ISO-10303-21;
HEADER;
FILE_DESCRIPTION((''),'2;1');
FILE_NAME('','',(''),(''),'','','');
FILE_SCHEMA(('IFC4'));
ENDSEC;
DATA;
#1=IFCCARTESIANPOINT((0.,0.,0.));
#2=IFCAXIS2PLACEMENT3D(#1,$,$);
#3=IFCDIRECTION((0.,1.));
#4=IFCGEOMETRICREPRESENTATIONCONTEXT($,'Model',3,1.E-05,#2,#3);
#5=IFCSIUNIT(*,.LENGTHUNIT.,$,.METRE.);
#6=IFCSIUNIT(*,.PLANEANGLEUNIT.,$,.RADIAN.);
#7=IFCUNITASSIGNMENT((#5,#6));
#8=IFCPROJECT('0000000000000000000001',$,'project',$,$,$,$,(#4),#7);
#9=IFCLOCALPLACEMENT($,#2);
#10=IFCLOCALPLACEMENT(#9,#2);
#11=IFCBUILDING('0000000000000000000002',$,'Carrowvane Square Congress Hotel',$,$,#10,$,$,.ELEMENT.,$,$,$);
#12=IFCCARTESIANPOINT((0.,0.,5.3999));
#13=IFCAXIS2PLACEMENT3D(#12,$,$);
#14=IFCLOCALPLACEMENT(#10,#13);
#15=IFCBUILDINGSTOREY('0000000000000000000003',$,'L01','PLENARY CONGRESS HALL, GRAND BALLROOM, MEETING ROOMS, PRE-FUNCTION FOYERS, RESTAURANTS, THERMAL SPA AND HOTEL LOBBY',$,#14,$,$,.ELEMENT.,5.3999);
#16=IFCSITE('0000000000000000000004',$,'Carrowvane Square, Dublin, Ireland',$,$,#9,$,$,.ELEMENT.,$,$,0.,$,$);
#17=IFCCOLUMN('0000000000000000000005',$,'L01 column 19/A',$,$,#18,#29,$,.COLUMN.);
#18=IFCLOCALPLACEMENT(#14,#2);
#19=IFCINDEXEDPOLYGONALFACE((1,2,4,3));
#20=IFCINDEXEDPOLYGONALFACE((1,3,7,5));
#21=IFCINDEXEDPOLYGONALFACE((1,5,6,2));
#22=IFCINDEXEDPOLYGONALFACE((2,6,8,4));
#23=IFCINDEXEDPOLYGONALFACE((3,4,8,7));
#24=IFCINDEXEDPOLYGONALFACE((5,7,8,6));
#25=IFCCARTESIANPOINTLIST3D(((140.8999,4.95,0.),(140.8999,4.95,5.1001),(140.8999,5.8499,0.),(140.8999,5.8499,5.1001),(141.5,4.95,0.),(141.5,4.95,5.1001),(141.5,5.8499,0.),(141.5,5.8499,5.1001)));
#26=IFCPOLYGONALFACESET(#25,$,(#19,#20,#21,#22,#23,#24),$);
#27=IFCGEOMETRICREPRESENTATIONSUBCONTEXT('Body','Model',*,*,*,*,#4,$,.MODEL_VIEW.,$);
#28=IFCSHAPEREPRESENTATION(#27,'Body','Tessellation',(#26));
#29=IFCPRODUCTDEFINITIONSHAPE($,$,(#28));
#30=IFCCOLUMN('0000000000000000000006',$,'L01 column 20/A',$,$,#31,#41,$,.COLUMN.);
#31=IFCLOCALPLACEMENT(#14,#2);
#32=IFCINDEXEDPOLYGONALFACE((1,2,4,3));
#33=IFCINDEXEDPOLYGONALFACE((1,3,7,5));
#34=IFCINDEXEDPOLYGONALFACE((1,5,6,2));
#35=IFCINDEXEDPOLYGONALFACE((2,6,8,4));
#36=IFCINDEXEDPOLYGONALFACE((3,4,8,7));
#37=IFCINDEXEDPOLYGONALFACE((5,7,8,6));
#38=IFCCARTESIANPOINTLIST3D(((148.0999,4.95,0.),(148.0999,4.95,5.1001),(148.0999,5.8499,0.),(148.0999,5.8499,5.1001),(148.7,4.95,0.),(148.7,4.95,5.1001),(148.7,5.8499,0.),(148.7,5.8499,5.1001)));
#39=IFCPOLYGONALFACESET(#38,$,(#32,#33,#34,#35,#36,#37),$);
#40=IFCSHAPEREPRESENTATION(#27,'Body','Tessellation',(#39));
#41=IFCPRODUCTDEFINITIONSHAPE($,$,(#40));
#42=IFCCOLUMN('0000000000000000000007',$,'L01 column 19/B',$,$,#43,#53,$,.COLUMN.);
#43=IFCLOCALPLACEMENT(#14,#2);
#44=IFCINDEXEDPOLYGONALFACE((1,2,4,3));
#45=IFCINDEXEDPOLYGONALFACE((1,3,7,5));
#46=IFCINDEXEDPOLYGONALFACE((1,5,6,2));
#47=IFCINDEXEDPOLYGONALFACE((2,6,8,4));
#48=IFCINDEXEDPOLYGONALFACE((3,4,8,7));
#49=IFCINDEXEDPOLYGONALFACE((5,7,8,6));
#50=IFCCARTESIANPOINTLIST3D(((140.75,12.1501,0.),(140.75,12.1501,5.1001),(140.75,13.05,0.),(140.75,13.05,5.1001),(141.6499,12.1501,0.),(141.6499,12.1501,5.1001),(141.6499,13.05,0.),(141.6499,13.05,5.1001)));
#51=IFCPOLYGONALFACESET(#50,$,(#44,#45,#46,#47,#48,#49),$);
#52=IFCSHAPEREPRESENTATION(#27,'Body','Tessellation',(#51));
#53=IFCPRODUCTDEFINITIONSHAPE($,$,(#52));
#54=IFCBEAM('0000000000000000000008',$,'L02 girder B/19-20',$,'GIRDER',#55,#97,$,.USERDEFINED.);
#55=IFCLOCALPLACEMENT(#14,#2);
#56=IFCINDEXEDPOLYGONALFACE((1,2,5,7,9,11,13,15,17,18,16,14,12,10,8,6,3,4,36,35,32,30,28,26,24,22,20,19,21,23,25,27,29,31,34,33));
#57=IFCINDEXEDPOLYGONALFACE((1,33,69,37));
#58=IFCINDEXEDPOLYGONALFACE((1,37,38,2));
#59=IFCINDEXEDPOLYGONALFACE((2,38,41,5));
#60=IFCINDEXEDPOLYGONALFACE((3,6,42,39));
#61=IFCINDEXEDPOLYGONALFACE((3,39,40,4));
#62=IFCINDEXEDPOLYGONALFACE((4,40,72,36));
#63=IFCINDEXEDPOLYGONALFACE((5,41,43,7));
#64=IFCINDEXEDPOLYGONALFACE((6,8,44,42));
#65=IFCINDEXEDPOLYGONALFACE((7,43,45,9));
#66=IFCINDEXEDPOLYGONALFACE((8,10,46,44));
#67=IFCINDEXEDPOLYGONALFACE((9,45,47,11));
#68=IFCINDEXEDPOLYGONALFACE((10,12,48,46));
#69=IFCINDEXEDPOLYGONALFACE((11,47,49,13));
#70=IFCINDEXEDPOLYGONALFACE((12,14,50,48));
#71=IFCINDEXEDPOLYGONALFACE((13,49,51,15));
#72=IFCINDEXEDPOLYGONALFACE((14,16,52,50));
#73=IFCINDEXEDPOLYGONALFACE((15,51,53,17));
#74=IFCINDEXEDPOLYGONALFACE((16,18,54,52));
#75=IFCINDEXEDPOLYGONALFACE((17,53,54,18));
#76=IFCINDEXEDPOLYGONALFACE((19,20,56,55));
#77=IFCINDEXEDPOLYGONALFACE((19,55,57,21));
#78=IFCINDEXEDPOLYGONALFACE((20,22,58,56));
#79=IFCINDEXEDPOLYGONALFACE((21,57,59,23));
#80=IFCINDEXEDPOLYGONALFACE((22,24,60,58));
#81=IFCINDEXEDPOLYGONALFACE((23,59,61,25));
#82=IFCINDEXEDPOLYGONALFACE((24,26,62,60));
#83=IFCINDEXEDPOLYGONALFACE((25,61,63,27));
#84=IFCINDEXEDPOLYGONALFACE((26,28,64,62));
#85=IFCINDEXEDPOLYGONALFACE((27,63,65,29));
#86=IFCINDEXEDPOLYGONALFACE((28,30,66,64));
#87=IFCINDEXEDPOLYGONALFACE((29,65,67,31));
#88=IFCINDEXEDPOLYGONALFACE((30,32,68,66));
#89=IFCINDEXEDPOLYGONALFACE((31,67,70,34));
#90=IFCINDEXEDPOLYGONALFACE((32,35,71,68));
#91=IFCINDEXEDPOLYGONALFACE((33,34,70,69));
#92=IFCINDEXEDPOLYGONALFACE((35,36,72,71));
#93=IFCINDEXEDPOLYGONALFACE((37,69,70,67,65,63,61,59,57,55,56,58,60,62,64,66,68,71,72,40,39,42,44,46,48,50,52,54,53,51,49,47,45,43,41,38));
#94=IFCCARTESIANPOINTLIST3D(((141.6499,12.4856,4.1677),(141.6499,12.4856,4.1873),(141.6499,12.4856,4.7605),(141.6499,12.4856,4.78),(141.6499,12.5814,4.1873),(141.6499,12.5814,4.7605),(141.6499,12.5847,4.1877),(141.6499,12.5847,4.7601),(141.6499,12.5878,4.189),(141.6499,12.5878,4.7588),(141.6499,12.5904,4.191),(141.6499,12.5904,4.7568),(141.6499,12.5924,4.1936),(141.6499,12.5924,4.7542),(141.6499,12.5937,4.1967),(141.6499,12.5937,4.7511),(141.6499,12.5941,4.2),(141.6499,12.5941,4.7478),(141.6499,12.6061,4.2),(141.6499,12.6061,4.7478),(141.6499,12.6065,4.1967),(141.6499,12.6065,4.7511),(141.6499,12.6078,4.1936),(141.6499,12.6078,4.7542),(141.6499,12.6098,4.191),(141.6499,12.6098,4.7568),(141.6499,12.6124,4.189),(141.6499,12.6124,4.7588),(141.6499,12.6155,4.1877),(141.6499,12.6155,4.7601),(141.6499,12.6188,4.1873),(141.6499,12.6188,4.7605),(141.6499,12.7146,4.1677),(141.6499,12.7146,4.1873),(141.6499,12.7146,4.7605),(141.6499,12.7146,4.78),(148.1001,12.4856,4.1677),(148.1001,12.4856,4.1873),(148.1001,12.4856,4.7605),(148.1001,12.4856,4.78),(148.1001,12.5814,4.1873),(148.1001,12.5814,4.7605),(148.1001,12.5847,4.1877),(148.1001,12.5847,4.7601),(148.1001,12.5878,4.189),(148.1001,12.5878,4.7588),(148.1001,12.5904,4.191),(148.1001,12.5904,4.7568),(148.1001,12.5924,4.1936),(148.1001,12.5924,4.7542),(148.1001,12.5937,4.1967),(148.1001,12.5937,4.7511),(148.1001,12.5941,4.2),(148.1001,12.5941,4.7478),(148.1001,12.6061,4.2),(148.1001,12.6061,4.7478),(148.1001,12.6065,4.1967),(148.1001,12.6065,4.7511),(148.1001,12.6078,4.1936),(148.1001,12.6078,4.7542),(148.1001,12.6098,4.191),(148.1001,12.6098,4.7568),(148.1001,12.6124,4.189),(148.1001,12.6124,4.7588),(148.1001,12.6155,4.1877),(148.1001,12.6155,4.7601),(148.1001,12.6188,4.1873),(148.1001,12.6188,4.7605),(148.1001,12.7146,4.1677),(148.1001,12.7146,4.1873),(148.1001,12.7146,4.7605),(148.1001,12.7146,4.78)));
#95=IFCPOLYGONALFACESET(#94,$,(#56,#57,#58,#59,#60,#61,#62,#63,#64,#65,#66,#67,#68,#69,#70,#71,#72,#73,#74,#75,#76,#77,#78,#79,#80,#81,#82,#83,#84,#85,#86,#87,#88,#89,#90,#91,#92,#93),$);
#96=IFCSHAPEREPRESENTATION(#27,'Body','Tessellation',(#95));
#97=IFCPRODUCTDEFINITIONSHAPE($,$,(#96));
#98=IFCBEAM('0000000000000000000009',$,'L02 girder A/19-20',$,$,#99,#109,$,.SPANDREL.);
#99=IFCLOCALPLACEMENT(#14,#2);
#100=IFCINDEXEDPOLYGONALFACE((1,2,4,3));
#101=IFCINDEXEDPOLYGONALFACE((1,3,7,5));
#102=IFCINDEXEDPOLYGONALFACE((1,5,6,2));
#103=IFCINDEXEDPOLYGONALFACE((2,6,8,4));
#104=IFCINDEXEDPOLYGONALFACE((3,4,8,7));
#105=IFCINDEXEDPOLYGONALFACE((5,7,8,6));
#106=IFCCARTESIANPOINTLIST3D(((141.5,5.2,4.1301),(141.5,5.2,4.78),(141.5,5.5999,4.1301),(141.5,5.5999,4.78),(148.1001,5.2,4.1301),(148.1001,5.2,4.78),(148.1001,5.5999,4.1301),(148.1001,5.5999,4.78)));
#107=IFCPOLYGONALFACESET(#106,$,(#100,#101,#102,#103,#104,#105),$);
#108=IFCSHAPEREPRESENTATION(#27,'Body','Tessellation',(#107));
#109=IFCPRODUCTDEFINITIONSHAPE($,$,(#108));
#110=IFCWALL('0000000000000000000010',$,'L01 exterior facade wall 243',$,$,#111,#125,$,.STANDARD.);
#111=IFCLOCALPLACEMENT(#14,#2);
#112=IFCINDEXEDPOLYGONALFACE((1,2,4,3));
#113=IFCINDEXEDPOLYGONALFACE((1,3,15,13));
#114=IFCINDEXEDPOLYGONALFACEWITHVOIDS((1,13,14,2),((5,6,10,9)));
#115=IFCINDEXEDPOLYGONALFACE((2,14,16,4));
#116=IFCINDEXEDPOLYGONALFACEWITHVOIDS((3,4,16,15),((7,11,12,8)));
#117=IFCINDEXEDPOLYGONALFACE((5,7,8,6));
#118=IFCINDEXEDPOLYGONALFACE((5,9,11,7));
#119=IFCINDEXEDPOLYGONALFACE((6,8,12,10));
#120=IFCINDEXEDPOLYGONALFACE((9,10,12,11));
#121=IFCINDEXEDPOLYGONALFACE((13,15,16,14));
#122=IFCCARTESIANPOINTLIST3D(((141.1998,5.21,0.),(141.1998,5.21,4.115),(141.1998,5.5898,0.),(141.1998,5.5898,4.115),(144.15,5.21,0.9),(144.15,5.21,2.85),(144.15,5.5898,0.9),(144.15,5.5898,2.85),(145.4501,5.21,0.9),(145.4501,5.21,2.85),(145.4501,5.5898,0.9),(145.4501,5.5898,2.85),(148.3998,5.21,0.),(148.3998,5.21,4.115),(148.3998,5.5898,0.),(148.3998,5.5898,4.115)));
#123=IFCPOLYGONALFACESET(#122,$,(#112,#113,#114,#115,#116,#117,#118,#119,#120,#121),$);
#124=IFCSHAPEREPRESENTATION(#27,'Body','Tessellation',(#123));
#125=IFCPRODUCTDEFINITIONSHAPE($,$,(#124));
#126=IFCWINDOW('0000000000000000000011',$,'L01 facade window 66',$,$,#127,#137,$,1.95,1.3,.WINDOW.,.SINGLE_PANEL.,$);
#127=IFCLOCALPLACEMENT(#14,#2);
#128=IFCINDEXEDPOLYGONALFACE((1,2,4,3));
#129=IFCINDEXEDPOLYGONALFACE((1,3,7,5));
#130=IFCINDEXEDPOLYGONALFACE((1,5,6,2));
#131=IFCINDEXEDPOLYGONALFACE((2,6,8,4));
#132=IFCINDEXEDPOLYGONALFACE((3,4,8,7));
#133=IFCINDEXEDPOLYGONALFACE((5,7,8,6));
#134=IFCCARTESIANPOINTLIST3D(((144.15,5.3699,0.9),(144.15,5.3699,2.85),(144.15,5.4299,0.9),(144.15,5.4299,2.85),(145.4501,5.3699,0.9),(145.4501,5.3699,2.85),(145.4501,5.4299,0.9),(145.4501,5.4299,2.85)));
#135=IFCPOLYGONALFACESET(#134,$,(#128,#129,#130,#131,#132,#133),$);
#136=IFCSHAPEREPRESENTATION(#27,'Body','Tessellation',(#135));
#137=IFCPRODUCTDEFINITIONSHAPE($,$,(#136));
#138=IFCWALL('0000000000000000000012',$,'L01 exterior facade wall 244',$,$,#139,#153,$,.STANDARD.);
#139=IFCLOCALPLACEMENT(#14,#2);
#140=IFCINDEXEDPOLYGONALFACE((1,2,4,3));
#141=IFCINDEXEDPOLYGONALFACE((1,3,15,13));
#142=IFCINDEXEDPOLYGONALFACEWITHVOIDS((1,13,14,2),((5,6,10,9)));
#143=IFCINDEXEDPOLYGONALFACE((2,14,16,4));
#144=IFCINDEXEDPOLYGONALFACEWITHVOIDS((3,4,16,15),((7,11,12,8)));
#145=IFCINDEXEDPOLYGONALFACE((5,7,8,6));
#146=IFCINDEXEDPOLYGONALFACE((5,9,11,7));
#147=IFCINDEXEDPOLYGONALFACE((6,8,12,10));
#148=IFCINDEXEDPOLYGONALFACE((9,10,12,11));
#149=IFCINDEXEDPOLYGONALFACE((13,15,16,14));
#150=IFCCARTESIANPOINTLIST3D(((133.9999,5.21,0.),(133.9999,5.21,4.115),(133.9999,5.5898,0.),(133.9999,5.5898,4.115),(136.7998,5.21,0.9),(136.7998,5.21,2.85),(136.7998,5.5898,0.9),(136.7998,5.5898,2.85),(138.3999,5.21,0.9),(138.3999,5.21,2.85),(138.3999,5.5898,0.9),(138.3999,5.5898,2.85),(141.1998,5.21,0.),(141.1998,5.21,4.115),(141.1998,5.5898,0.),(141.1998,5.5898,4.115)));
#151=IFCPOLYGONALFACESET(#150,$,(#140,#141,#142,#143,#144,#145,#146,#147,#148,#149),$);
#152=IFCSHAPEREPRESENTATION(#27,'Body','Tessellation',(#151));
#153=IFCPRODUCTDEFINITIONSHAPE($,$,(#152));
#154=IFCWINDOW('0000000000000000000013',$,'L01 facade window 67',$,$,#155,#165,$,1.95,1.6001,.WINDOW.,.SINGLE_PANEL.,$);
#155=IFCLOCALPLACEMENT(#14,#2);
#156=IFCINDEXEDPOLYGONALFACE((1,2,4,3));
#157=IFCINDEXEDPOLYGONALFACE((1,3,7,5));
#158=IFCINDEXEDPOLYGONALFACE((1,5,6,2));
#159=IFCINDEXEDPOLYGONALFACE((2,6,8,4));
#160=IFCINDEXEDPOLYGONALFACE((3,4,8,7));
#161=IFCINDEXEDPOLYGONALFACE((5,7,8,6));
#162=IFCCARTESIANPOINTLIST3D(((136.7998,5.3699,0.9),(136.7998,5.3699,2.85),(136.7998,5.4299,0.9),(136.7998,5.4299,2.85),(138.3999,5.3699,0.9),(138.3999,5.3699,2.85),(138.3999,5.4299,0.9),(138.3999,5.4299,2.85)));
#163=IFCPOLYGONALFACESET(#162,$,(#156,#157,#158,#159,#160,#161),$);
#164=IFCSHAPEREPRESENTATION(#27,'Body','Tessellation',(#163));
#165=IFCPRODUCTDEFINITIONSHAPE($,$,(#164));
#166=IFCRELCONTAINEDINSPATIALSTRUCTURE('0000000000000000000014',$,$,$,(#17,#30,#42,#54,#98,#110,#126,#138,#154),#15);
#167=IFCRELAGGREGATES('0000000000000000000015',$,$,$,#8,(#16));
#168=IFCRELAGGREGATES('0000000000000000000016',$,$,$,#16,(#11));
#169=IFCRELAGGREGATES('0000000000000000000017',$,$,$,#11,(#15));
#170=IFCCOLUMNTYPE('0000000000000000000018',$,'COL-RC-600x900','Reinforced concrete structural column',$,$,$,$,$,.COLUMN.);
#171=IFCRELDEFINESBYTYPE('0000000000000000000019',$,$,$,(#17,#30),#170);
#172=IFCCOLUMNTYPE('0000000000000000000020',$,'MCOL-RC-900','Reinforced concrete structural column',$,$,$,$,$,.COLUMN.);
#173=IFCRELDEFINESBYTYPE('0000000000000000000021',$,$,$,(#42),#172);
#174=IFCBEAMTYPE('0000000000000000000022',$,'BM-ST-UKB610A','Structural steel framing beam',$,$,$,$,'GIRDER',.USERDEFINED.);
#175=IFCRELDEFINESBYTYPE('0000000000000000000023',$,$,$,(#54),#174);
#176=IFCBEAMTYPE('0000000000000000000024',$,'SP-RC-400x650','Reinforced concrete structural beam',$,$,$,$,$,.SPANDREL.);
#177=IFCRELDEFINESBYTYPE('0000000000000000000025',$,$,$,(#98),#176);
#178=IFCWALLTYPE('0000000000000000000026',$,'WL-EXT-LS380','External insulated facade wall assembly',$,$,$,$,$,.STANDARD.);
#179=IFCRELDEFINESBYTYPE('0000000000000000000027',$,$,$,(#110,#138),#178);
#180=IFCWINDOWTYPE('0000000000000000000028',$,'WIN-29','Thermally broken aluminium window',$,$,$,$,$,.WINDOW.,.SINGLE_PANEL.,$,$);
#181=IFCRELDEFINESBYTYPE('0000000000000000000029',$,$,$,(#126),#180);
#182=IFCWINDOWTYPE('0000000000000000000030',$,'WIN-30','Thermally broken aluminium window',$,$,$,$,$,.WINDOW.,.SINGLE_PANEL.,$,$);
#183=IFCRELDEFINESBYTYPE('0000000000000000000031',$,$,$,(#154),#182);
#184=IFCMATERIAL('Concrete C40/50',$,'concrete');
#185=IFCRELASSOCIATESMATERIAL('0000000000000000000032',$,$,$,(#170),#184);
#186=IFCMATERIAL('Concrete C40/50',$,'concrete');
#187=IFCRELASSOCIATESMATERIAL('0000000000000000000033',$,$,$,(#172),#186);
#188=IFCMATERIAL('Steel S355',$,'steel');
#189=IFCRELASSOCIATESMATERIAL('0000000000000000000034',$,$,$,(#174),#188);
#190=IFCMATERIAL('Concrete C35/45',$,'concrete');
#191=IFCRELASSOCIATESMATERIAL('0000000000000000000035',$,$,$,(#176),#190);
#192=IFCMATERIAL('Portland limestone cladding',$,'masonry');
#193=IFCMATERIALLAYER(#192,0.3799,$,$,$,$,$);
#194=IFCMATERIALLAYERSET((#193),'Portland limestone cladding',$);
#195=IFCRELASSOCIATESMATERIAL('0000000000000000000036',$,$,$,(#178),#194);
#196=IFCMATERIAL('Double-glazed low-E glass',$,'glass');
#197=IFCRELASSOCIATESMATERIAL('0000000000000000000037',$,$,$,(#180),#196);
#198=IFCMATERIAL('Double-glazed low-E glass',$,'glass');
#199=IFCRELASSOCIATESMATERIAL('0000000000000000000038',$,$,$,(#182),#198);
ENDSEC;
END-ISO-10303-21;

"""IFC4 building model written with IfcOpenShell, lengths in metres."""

from ifc_helpers import new_model, si_unit, direction, frame, frame_2d, origin, origin_2d, place, context, subcontext, project, spatial, rectangle, i_section, extrude, material, layer, layer_set, material_profile, profile_set, type_object, element, fill, save


model = new_model("IFC4")

# Units and contexts
model_context = context("Model", 3, precision=1e-05, world=origin(), true_north=direction((0.0, 1.0)))
body_context = subcontext(model_context, "Body", "Model", "MODEL_VIEW")
ifc_project = project(units=[si_unit("LENGTHUNIT", "METRE"), si_unit("PLANEANGLEUNIT", "RADIAN")], contexts=[model_context])

# Site, building, storey
site_placement = place(None, origin())
site = spatial("IfcSite", under=ifc_project, at=site_placement, Name="Carrowvane Square, Dublin, Ireland", CompositionType="ELEMENT", RefElevation=0.0)
building_placement = place(site_placement, origin())
building = spatial("IfcBuilding", under=site, at=building_placement, Name="Carrowvane Square Congress Hotel", CompositionType="ELEMENT")
storey_placement = place(building_placement, frame((0.0, 0.0, 5.3999)))
storey = spatial("IfcBuildingStorey", under=building, at=storey_placement, Name="L01", Description="PLENARY CONGRESS HALL, GRAND BALLROOM, MEETING ROOMS, PRE-FUNCTION FOYERS, RESTAURANTS, THERMAL SPA AND HOTEL LOBBY", CompositionType="ELEMENT", Elevation=5.3999)

# Columns
ifc_material_1 = material(Name="Concrete C40/50", Category="concrete")
ifc_material_profile_1 = material_profile(ifc_material_1, rectangle(XDim=0.6001, YDim=0.8999, at=origin_2d()), Name="RC 600x900")
ifc_profile_set_1 = profile_set([ifc_material_profile_1], Name="Concrete C40/50")
column_type_1 = type_object("IfcColumnType", Name="COL-RC-600x900", Description="Reinforced concrete structural column", PredefinedType="COLUMN", material=ifc_profile_set_1)
for number, where, z_axis, x_axis, name in (
    (1, (141.2, 5.3999, 0.0), (0.0, 0.0, 1.0), (1.0, 0.0, 0.0), "L01 column 19/A"),
    (2, (148.3999, 5.3999, 0.0), (0.0, 0.0, 1.0), (1.0, 0.0, 0.0), "L01 column 20/A"),
):
    element("IfcColumn", number, at=place(storey_placement, frame(where, z_axis=z_axis, x_axis=x_axis)), inside=storey, type_object=column_type_1, Name=name, PredefinedType="COLUMN", context=body_context, shape_type="SweptSolid", body=[
        extrude(rectangle(XDim=0.6001, YDim=0.8999, at=origin_2d()), origin(), (0.0, 0.0, 1.0), 5.1001),
    ])
ifc_material_2 = material(Name="Concrete C40/50", Category="concrete")
ifc_material_profile_2 = material_profile(ifc_material_2, rectangle(XDim=0.8999, YDim=0.8999, at=origin_2d()), Name="RC 900x900")
ifc_profile_set_2 = profile_set([ifc_material_profile_2], Name="Concrete C40/50")
column_type_2 = type_object("IfcColumnType", Name="MCOL-RC-900", Description="Reinforced concrete structural column", PredefinedType="COLUMN", material=ifc_profile_set_2)
column_placement = place(storey_placement, frame((141.2, 12.6001, 0.0), z_axis=(0.0, 0.0, 1.0), x_axis=(1.0, 0.0, 0.0)))
element("IfcColumn", 3, at=column_placement, inside=storey, type_object=column_type_2, Name="L01 column 19/B", PredefinedType="COLUMN", context=body_context, shape_type="SweptSolid", body=[
    extrude(rectangle(XDim=0.8999, YDim=0.8999, at=origin_2d()), origin(), (0.0, 0.0, 1.0), 5.1001),
])

# Beams
ifc_material_3 = material(Name="Steel S355", Category="steel")
ifc_material_profile_3 = material_profile(ifc_material_3, i_section(OverallWidth=0.229, OverallDepth=0.6123, WebThickness=0.012, FlangeThickness=0.0195, FilletRadius=0.0127, at=origin_2d()), Name="UKB 610x229x125")
ifc_profile_set_3 = profile_set([ifc_material_profile_3], Name="Steel S355")
beam_type_1 = type_object("IfcBeamType", Name="BM-ST-UKB610A", Description="Structural steel framing beam", ElementType="GIRDER", PredefinedType="USERDEFINED", material=ifc_profile_set_3)
beam_1_placement = place(storey_placement, frame((141.6499, 12.6001, 4.4739), z_axis=(1.0, 0.0, 0.0), x_axis=(0.0, 1.0, 0.0)))
element("IfcBeam", 4, at=beam_1_placement, inside=storey, type_object=beam_type_1, Name="L02 girder B/19-20", ObjectType="GIRDER", PredefinedType="USERDEFINED", context=body_context, shape_type="SweptSolid", body=[
    extrude(i_section(OverallWidth=0.229, OverallDepth=0.6123, WebThickness=0.012, FlangeThickness=0.0195, FilletRadius=0.0127, at=origin_2d()), origin(), (0.0, 0.0, 1.0), 6.4502),
])
ifc_material_4 = material(Name="Concrete C35/45", Category="concrete")
ifc_material_profile_4 = material_profile(ifc_material_4, rectangle(XDim=0.3999, YDim=0.6499, at=origin_2d()), Name="RC 400x650")
ifc_profile_set_4 = profile_set([ifc_material_profile_4], Name="Concrete C35/45")
beam_type_2 = type_object("IfcBeamType", Name="SP-RC-400x650", Description="Reinforced concrete structural beam", PredefinedType="SPANDREL", material=ifc_profile_set_4)
beam_2_placement = place(storey_placement, frame((141.5, 5.3999, 4.4551), z_axis=(1.0, 0.0, 0.0), x_axis=(0.0, 1.0, 0.0)))
element("IfcBeam", 5, at=beam_2_placement, inside=storey, type_object=beam_type_2, Name="L02 girder A/19-20", PredefinedType="SPANDREL", context=body_context, shape_type="SweptSolid", body=[
    extrude(rectangle(XDim=0.3999, YDim=0.6499, at=origin_2d()), origin(), (0.0, 0.0, 1.0), 6.6001),
])

# Walls, openings, windows
ifc_material_5 = material(Name="Portland limestone cladding", Category="masonry")
ifc_layer_1 = layer(ifc_material_5, 0.3799)
ifc_layer_set_1 = layer_set([ifc_layer_1], Name="Portland limestone cladding")
wall_type_1 = type_object("IfcWallType", Name="WL-EXT-LS380", Description="External insulated facade wall assembly", PredefinedType="STANDARD", material=ifc_layer_set_1)
wall_1_placement = place(storey_placement, frame((148.3999, 5.3999, 0.0), z_axis=(0.0, 0.0, 1.0), x_axis=(-1.0, 0.0, 0.0)))
wall_1 = element("IfcWall", 6, at=wall_1_placement, inside=storey, type_object=wall_type_1, Name="L01 exterior facade wall 243", PredefinedType="STANDARD", context=body_context, shape_type="SweptSolid", body=[
    extrude(rectangle(XDim=7.2, YDim=0.3799, at=frame_2d((3.6001, 0.0))), origin(), (0.0, 0.0, 1.0), 4.115),
])
opening_1_placement = place(wall_1_placement, frame((2.95, 0.0, 0.8999)))
opening_1 = element("IfcOpeningElement", 7, at=opening_1_placement, cuts=wall_1, PredefinedType="OPENING", context=body_context, shape_type="SweptSolid", body=[
    extrude(rectangle(XDim=1.3, YDim=1.95, at=frame_2d((0.6499, 0.9751))), frame((0.0, 0.2, 0.0), z_axis=(0.0, -1.0, 0.0), x_axis=(1.0, 0.0, 0.0)), (0.0, 0.0, 1.0), 0.3999),
])
ifc_material_6 = material(Name="Double-glazed low-E glass", Category="glass")
window_type_1 = type_object("IfcWindowType", Name="WIN-29", Description="Thermally broken aluminium window", PartitioningType="SINGLE_PANEL", PredefinedType="WINDOW", material=ifc_material_6)
window_1_placement = place(opening_1_placement, origin())
window_1 = element("IfcWindow", 8, at=window_1_placement, inside=storey, type_object=window_type_1, Name="L01 facade window 66", OverallHeight=1.95, OverallWidth=1.3, PartitioningType="SINGLE_PANEL", PredefinedType="WINDOW", context=body_context, shape_type="SweptSolid", body=[
    extrude(rectangle(XDim=1.3, YDim=1.95, at=frame_2d((0.6499, 0.9751))), frame((0.0, 0.03, 0.0), z_axis=(0.0, -1.0, 0.0), x_axis=(1.0, 0.0, 0.0)), (0.0, 0.0, 1.0), 0.0601),
])
fill(opening_1, window_1)
wall_2_placement = place(storey_placement, frame((141.2, 5.3999, 0.0), z_axis=(0.0, 0.0, 1.0), x_axis=(-1.0, 0.0, 0.0)))
wall_2 = element("IfcWall", 9, at=wall_2_placement, inside=storey, type_object=wall_type_1, Name="L01 exterior facade wall 244", PredefinedType="STANDARD", context=body_context, shape_type="SweptSolid", body=[
    extrude(rectangle(XDim=7.2, YDim=0.3799, at=frame_2d((3.6001, 0.0))), origin(), (0.0, 0.0, 1.0), 4.115),
])
opening_2_placement = place(wall_2_placement, frame((2.8, 0.0, 0.8999)))
opening_2 = element("IfcOpeningElement", 10, at=opening_2_placement, cuts=wall_2, PredefinedType="OPENING", context=body_context, shape_type="SweptSolid", body=[
    extrude(rectangle(XDim=1.6001, YDim=1.95, at=frame_2d((0.8, 0.9751))), frame((0.0, 0.2, 0.0), z_axis=(0.0, -1.0, 0.0), x_axis=(1.0, 0.0, 0.0)), (0.0, 0.0, 1.0), 0.3999),
])
ifc_material_7 = material(Name="Double-glazed low-E glass", Category="glass")
window_type_2 = type_object("IfcWindowType", Name="WIN-30", Description="Thermally broken aluminium window", PartitioningType="SINGLE_PANEL", PredefinedType="WINDOW", material=ifc_material_7)
window_2_placement = place(opening_2_placement, origin())
window_2 = element("IfcWindow", 11, at=window_2_placement, inside=storey, type_object=window_type_2, Name="L01 facade window 67", OverallHeight=1.95, OverallWidth=1.6001, PartitioningType="SINGLE_PANEL", PredefinedType="WINDOW", context=body_context, shape_type="SweptSolid", body=[
    extrude(rectangle(XDim=1.6001, YDim=1.95, at=frame_2d((0.8, 0.9751))), frame((0.0, 0.03, 0.0), z_axis=(0.0, -1.0, 0.0), x_axis=(1.0, 0.0, 0.0)), (0.0, 0.0, 1.0), 0.0601),
])
fill(opening_2, window_2)

save(model, "model.ifc")
